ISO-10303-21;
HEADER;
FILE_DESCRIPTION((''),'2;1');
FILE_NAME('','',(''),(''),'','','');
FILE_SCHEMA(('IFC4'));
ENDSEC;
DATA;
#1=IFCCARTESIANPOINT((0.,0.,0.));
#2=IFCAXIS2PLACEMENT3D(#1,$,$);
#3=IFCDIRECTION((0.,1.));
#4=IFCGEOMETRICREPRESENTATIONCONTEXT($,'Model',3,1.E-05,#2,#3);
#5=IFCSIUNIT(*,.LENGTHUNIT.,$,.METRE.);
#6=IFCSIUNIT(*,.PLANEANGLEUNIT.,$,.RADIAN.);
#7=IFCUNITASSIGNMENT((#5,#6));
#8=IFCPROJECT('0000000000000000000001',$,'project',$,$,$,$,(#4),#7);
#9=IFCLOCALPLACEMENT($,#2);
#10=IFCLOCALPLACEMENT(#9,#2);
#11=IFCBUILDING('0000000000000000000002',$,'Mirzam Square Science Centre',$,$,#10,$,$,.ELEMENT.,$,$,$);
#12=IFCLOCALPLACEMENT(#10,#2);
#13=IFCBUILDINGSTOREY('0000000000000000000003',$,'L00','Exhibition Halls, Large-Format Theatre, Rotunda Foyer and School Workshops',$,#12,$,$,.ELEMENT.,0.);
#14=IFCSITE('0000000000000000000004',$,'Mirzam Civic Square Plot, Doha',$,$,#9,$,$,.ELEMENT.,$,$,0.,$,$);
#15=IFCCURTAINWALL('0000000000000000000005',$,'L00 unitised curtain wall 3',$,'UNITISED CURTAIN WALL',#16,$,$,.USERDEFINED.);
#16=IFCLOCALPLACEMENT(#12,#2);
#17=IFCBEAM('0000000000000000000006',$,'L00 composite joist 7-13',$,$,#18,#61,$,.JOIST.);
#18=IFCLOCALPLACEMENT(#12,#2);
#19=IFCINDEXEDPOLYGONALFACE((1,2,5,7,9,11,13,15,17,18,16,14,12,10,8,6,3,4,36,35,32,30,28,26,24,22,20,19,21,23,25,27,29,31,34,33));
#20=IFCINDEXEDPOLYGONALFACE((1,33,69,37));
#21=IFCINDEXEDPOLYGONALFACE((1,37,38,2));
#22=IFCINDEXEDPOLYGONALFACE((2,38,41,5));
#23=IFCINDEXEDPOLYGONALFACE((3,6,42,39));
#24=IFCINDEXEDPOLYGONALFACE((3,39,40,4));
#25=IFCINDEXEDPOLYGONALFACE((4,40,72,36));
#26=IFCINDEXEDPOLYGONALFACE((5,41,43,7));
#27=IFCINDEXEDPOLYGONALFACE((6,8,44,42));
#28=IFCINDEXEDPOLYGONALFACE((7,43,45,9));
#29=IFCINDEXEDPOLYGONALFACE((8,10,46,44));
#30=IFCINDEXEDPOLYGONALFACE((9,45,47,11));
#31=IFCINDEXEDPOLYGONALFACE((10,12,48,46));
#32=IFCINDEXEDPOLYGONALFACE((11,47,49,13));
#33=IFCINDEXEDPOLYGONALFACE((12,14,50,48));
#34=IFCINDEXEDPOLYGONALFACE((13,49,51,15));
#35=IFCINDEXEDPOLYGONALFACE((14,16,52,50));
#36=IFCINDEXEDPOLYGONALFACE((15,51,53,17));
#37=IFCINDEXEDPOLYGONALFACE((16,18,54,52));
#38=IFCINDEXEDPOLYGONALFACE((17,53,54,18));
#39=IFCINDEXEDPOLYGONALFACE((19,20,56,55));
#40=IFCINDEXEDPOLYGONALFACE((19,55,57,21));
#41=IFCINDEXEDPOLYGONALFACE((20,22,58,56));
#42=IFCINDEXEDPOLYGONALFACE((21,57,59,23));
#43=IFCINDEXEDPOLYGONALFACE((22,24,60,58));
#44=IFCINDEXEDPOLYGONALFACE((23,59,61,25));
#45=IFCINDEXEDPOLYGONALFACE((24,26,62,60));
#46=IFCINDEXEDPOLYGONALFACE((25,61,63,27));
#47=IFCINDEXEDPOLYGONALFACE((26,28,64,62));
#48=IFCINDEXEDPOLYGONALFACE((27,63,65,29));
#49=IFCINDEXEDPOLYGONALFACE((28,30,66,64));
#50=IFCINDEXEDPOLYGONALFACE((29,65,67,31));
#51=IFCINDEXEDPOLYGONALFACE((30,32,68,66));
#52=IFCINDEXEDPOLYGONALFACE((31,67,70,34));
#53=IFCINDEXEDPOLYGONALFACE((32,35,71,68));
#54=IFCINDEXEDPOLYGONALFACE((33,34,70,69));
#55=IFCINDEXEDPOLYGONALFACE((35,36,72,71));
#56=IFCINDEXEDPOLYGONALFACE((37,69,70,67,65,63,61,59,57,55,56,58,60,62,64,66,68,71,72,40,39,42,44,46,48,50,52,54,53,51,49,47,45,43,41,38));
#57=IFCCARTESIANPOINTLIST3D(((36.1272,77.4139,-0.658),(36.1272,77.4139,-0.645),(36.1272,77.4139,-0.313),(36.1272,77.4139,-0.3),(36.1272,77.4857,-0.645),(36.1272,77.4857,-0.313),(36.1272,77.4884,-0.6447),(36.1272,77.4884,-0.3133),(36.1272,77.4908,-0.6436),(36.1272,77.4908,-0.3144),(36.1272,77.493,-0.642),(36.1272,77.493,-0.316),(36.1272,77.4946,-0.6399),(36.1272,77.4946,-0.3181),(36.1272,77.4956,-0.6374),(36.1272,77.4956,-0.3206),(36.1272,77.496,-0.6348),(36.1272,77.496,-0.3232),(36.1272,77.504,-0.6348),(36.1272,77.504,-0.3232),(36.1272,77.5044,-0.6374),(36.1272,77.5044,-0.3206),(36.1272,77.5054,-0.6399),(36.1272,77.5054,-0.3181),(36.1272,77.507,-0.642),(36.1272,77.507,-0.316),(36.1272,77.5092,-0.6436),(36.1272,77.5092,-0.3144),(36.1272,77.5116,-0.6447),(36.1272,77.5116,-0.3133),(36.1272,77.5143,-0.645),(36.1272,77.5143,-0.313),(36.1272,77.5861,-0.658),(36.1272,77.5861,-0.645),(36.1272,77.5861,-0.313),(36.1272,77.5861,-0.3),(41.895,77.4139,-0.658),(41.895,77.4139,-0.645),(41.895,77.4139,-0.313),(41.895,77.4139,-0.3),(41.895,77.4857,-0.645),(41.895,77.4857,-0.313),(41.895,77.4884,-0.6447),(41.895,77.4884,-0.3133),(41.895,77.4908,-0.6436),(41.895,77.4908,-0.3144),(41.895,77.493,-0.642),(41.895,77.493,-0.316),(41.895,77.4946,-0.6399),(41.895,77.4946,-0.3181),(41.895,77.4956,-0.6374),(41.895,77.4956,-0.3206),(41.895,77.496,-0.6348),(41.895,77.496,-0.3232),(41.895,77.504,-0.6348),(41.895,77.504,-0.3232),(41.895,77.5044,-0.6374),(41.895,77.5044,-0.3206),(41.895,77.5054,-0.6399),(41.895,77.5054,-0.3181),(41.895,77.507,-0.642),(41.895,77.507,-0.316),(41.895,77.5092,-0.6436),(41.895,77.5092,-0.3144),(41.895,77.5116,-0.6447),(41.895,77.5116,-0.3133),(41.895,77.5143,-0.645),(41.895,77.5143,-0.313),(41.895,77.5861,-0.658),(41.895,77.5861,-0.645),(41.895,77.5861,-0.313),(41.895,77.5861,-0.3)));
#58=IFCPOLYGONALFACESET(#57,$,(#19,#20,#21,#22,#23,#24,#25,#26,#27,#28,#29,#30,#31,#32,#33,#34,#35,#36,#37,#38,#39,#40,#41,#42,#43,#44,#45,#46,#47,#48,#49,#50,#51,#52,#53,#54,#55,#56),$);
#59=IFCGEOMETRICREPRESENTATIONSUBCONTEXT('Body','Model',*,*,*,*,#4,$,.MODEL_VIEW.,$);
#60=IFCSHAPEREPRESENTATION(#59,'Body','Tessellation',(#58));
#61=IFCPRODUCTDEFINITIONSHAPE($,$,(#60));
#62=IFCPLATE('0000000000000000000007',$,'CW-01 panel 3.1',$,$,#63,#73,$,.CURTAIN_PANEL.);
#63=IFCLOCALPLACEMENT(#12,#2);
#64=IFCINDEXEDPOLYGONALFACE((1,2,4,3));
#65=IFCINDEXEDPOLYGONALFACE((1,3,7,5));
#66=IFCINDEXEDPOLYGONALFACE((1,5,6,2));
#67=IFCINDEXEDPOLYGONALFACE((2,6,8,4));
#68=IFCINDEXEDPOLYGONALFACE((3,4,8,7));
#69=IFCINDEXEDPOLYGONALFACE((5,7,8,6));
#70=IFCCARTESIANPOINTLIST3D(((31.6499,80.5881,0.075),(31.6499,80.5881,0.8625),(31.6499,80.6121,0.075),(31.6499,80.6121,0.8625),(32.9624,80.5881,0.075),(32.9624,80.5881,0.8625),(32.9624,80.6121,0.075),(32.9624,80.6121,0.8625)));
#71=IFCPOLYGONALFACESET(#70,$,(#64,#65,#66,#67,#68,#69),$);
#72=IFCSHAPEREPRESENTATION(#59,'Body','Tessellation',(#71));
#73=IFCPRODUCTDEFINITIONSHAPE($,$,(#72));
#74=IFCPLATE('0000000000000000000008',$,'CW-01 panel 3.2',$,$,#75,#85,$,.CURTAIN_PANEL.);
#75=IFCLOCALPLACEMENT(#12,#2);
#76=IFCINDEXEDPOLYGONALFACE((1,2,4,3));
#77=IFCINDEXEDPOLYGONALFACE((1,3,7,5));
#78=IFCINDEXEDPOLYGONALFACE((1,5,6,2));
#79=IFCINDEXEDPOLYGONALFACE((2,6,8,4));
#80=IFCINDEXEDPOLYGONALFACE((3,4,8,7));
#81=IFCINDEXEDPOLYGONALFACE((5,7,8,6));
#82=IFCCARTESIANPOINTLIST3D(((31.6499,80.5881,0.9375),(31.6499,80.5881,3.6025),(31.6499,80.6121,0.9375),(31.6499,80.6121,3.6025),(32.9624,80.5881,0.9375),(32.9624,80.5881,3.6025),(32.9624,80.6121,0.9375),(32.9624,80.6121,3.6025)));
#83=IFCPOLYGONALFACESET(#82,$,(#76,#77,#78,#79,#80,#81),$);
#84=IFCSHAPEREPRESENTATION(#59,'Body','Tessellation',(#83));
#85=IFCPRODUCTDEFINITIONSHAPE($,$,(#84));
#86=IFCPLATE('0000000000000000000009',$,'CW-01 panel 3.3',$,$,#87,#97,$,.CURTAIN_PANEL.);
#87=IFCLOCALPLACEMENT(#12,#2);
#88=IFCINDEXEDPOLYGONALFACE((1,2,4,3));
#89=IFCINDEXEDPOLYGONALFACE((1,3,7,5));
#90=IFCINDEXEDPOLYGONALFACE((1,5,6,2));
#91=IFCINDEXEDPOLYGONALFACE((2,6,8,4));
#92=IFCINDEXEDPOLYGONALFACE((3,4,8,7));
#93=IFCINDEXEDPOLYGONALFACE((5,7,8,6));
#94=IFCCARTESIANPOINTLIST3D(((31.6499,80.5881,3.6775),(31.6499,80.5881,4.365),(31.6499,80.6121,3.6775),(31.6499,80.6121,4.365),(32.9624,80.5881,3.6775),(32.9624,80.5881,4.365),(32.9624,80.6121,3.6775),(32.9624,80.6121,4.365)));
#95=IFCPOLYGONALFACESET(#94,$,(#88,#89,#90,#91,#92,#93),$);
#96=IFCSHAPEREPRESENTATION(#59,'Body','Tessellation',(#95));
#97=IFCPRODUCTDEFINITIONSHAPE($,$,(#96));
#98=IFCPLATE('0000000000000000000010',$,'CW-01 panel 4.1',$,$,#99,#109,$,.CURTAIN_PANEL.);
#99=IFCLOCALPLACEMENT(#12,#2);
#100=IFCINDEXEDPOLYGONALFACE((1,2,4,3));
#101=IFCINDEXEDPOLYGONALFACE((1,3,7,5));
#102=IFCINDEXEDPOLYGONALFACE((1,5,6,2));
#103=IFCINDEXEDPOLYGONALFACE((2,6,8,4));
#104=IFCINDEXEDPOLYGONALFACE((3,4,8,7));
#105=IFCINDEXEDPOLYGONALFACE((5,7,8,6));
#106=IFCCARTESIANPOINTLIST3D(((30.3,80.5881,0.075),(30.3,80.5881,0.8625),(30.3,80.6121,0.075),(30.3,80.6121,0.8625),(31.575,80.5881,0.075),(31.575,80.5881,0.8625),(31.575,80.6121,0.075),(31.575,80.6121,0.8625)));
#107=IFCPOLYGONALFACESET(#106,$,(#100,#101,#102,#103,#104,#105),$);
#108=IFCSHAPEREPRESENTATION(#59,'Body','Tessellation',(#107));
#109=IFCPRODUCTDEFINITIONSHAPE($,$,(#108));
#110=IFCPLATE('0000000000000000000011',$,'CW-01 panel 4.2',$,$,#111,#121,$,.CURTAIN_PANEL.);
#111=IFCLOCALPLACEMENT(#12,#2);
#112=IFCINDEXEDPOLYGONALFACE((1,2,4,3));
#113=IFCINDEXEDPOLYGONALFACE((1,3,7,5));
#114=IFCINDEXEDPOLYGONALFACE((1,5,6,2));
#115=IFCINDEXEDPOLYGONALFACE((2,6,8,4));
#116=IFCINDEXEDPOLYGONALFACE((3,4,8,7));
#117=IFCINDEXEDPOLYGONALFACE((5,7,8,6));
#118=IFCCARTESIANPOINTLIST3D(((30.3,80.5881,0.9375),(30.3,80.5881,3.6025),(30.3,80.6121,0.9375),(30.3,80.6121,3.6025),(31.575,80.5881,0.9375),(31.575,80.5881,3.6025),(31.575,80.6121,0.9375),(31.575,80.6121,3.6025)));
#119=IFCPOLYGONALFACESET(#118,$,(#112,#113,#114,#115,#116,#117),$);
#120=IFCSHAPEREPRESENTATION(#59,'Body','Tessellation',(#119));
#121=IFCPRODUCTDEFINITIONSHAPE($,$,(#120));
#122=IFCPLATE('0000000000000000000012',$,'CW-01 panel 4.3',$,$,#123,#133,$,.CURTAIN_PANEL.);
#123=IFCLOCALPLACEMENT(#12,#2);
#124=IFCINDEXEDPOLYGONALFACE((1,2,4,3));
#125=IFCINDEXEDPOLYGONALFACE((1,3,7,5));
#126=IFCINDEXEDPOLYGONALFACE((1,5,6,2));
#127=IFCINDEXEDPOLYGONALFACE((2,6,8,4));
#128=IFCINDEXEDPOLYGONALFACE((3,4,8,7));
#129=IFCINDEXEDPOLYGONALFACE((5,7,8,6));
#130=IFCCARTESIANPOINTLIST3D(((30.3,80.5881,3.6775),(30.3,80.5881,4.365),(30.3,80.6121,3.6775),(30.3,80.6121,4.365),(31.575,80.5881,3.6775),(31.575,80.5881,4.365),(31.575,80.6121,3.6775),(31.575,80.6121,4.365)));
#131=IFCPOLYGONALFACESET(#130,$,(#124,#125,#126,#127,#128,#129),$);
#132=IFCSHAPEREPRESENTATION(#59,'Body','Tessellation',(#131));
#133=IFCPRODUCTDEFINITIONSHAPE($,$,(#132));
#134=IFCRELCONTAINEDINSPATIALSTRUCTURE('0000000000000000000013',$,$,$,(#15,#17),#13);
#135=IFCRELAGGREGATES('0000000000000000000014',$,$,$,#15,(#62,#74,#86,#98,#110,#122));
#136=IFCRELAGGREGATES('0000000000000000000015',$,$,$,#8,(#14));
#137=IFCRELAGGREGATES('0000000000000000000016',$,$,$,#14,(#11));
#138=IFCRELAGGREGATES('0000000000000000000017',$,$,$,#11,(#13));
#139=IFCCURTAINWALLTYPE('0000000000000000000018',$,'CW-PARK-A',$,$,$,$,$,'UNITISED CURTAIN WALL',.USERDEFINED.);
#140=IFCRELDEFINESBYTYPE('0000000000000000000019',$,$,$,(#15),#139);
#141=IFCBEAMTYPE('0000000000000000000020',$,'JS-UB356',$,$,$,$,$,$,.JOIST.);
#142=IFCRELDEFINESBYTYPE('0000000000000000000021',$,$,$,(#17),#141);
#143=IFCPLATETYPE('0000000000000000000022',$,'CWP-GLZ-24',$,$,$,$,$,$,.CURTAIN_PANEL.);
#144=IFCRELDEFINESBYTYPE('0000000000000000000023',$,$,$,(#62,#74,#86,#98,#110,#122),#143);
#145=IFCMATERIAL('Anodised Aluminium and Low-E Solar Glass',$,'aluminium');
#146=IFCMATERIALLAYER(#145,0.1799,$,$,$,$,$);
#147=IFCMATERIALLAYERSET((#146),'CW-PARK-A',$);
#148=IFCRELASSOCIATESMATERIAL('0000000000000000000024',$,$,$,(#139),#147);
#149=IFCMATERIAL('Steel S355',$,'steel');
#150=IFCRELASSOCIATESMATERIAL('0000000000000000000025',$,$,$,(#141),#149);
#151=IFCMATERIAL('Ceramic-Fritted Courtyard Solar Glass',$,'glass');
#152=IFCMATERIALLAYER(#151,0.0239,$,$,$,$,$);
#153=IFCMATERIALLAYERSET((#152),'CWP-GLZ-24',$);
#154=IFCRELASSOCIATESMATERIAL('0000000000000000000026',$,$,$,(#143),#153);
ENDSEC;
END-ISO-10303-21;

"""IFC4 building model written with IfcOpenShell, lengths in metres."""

from ifc_helpers import new_model, si_unit, direction, frame, origin, origin_2d, place, context, subcontext, project, spatial, rectangle, i_section, extrude, material, layer, layer_set, material_profile, profile_set, type_object, element, aggregate, save


model = new_model("IFC4")

# Units and contexts
model_context = context("Model", 3, precision=1e-05, world=origin(), true_north=direction((0.0, 1.0)))
body_context = subcontext(model_context, "Body", "Model", "MODEL_VIEW")
ifc_project = project(units=[si_unit("LENGTHUNIT", "METRE"), si_unit("PLANEANGLEUNIT", "RADIAN")], contexts=[model_context])

# Site, building, storey
site_placement = place(None, origin())
site = spatial("IfcSite", under=ifc_project, at=site_placement, Name="Mirzam Civic Square Plot, Doha", CompositionType="ELEMENT", RefElevation=0.0)
building_placement = place(site_placement, origin())
building = spatial("IfcBuilding", under=site, at=building_placement, Name="Mirzam Square Science Centre", CompositionType="ELEMENT")
storey_placement = place(building_placement, origin())
storey = spatial("IfcBuildingStorey", under=building, at=storey_placement, Name="L00", Description="Exhibition Halls, Large-Format Theatre, Rotunda Foyer and School Workshops", CompositionType="ELEMENT", Elevation=0.0)

# Shared definitions
ifc_material_1 = material(Name="Steel S355", Category="steel")

# Curtain wall
ifc_material_2 = material(Name="Anodised Aluminium and Low-E Solar Glass", Category="aluminium")
ifc_layer_1 = layer(ifc_material_2, 0.1799)
ifc_layer_set_1 = layer_set([ifc_layer_1], Name="CW-PARK-A")
curtain_wall_type = type_object("IfcCurtainWallType", Name="CW-PARK-A", ElementType="UNITISED CURTAIN WALL", PredefinedType="USERDEFINED", material=ifc_layer_set_1)
curtain_wall_placement = place(storey_placement, origin())
curtain_wall = element("IfcCurtainWall", 1, at=curtain_wall_placement, inside=storey, type_object=curtain_wall_type, Name="L00 unitised curtain wall 3", ObjectType="UNITISED CURTAIN WALL", PredefinedType="USERDEFINED")

# Beam
ifc_material_profile_1 = material_profile(ifc_material_1, i_section(OverallWidth=0.1721, OverallDepth=0.3579, WebThickness=0.0081, FlangeThickness=0.0129, FilletRadius=0.0103, at=origin_2d()), Name="356x171x57UB")
ifc_profile_set_1 = profile_set([ifc_material_profile_1], Name="Steel S355")
beam_type_1 = type_object("IfcBeamType", Name="JS-UB356", PredefinedType="JOIST", material=ifc_profile_set_1)
beam_1_placement = place(storey_placement, frame((36.1272, 77.5, -0.479), z_axis=(1.0, 0.0, 0.0), x_axis=(0.0, 1.0, 0.0)))
element("IfcBeam", 2, at=beam_1_placement, inside=storey, type_object=beam_type_1, Name="L00 composite joist 7-13", PredefinedType="JOIST", context=body_context, shape_type="SweptSolid", body=[
    extrude(i_section(OverallWidth=0.1721, OverallDepth=0.3579, WebThickness=0.0081, FlangeThickness=0.0129, FilletRadius=0.0103, at=origin_2d()), origin(), (0.0, 0.0, 1.0), 5.7678),
])

# Plates
ifc_material_3 = material(Name="Ceramic-Fritted Courtyard Solar Glass", Category="glass")
ifc_layer_2 = layer(ifc_material_3, 0.0239)
ifc_layer_set_2 = layer_set([ifc_layer_2], Name="CWP-GLZ-24")
plate_type = type_object("IfcPlateType", Name="CWP-GLZ-24", PredefinedType="CURTAIN_PANEL", material=ifc_layer_set_2)
plate_1_placement = place(storey_placement, frame((32.3062, 80.6001, 0.075), z_axis=(0.0, 0.0, 1.0), x_axis=(-1.0, 0.0, 0.0)))
plate_1 = element("IfcPlate", 3, at=plate_1_placement, type_object=plate_type, Name="CW-01 panel 3.1", PredefinedType="CURTAIN_PANEL", context=body_context, shape_type="SweptSolid", body=[
    extrude(rectangle(XDim=1.3125, YDim=0.0239, at=origin_2d()), origin(), (0.0, 0.0, 1.0), 0.7876),
])
plate_2_placement = place(storey_placement, frame((32.3062, 80.6001, 0.9375), z_axis=(0.0, 0.0, 1.0), x_axis=(-1.0, 0.0, 0.0)))
plate_2 = element("IfcPlate", 4, at=plate_2_placement, type_object=plate_type, Name="CW-01 panel 3.2", PredefinedType="CURTAIN_PANEL", context=body_context, shape_type="SweptSolid", body=[
    extrude(rectangle(XDim=1.3125, YDim=0.0239, at=origin_2d()), origin(), (0.0, 0.0, 1.0), 2.665),
])
plate_3_placement = place(storey_placement, frame((32.3062, 80.6001, 3.6775), z_axis=(0.0, 0.0, 1.0), x_axis=(-1.0, 0.0, 0.0)))
plate_3 = element("IfcPlate", 5, at=plate_3_placement, type_object=plate_type, Name="CW-01 panel 3.3", PredefinedType="CURTAIN_PANEL", context=body_context, shape_type="SweptSolid", body=[
    extrude(rectangle(XDim=1.3125, YDim=0.0239, at=origin_2d()), origin(), (0.0, 0.0, 1.0), 0.6875),
])
plate_4_placement = place(storey_placement, frame((30.9375, 80.6001, 0.075), z_axis=(0.0, 0.0, 1.0), x_axis=(-1.0, 0.0, 0.0)))
plate_4 = element("IfcPlate", 6, at=plate_4_placement, type_object=plate_type, Name="CW-01 panel 4.1", PredefinedType="CURTAIN_PANEL", context=body_context, shape_type="SweptSolid", body=[
    extrude(rectangle(XDim=1.2749, YDim=0.0239, at=origin_2d()), origin(), (0.0, 0.0, 1.0), 0.7876),
])
plate_5_placement = place(storey_placement, frame((30.9375, 80.6001, 0.9375), z_axis=(0.0, 0.0, 1.0), x_axis=(-1.0, 0.0, 0.0)))
plate_5 = element("IfcPlate", 7, at=plate_5_placement, type_object=plate_type, Name="CW-01 panel 4.2", PredefinedType="CURTAIN_PANEL", context=body_context, shape_type="SweptSolid", body=[
    extrude(rectangle(XDim=1.2749, YDim=0.0239, at=origin_2d()), origin(), (0.0, 0.0, 1.0), 2.665),
])
plate_6_placement = place(storey_placement, frame((30.9375, 80.6001, 3.6775), z_axis=(0.0, 0.0, 1.0), x_axis=(-1.0, 0.0, 0.0)))
plate_6 = element("IfcPlate", 8, at=plate_6_placement, type_object=plate_type, Name="CW-01 panel 4.3", PredefinedType="CURTAIN_PANEL", context=body_context, shape_type="SweptSolid", body=[
    extrude(rectangle(XDim=1.2749, YDim=0.0239, at=origin_2d()), origin(), (0.0, 0.0, 1.0), 0.6875),
])
aggregate(curtain_wall, [plate_1, plate_2, plate_3, plate_4, plate_5, plate_6])

save(model, "model.ifc")
